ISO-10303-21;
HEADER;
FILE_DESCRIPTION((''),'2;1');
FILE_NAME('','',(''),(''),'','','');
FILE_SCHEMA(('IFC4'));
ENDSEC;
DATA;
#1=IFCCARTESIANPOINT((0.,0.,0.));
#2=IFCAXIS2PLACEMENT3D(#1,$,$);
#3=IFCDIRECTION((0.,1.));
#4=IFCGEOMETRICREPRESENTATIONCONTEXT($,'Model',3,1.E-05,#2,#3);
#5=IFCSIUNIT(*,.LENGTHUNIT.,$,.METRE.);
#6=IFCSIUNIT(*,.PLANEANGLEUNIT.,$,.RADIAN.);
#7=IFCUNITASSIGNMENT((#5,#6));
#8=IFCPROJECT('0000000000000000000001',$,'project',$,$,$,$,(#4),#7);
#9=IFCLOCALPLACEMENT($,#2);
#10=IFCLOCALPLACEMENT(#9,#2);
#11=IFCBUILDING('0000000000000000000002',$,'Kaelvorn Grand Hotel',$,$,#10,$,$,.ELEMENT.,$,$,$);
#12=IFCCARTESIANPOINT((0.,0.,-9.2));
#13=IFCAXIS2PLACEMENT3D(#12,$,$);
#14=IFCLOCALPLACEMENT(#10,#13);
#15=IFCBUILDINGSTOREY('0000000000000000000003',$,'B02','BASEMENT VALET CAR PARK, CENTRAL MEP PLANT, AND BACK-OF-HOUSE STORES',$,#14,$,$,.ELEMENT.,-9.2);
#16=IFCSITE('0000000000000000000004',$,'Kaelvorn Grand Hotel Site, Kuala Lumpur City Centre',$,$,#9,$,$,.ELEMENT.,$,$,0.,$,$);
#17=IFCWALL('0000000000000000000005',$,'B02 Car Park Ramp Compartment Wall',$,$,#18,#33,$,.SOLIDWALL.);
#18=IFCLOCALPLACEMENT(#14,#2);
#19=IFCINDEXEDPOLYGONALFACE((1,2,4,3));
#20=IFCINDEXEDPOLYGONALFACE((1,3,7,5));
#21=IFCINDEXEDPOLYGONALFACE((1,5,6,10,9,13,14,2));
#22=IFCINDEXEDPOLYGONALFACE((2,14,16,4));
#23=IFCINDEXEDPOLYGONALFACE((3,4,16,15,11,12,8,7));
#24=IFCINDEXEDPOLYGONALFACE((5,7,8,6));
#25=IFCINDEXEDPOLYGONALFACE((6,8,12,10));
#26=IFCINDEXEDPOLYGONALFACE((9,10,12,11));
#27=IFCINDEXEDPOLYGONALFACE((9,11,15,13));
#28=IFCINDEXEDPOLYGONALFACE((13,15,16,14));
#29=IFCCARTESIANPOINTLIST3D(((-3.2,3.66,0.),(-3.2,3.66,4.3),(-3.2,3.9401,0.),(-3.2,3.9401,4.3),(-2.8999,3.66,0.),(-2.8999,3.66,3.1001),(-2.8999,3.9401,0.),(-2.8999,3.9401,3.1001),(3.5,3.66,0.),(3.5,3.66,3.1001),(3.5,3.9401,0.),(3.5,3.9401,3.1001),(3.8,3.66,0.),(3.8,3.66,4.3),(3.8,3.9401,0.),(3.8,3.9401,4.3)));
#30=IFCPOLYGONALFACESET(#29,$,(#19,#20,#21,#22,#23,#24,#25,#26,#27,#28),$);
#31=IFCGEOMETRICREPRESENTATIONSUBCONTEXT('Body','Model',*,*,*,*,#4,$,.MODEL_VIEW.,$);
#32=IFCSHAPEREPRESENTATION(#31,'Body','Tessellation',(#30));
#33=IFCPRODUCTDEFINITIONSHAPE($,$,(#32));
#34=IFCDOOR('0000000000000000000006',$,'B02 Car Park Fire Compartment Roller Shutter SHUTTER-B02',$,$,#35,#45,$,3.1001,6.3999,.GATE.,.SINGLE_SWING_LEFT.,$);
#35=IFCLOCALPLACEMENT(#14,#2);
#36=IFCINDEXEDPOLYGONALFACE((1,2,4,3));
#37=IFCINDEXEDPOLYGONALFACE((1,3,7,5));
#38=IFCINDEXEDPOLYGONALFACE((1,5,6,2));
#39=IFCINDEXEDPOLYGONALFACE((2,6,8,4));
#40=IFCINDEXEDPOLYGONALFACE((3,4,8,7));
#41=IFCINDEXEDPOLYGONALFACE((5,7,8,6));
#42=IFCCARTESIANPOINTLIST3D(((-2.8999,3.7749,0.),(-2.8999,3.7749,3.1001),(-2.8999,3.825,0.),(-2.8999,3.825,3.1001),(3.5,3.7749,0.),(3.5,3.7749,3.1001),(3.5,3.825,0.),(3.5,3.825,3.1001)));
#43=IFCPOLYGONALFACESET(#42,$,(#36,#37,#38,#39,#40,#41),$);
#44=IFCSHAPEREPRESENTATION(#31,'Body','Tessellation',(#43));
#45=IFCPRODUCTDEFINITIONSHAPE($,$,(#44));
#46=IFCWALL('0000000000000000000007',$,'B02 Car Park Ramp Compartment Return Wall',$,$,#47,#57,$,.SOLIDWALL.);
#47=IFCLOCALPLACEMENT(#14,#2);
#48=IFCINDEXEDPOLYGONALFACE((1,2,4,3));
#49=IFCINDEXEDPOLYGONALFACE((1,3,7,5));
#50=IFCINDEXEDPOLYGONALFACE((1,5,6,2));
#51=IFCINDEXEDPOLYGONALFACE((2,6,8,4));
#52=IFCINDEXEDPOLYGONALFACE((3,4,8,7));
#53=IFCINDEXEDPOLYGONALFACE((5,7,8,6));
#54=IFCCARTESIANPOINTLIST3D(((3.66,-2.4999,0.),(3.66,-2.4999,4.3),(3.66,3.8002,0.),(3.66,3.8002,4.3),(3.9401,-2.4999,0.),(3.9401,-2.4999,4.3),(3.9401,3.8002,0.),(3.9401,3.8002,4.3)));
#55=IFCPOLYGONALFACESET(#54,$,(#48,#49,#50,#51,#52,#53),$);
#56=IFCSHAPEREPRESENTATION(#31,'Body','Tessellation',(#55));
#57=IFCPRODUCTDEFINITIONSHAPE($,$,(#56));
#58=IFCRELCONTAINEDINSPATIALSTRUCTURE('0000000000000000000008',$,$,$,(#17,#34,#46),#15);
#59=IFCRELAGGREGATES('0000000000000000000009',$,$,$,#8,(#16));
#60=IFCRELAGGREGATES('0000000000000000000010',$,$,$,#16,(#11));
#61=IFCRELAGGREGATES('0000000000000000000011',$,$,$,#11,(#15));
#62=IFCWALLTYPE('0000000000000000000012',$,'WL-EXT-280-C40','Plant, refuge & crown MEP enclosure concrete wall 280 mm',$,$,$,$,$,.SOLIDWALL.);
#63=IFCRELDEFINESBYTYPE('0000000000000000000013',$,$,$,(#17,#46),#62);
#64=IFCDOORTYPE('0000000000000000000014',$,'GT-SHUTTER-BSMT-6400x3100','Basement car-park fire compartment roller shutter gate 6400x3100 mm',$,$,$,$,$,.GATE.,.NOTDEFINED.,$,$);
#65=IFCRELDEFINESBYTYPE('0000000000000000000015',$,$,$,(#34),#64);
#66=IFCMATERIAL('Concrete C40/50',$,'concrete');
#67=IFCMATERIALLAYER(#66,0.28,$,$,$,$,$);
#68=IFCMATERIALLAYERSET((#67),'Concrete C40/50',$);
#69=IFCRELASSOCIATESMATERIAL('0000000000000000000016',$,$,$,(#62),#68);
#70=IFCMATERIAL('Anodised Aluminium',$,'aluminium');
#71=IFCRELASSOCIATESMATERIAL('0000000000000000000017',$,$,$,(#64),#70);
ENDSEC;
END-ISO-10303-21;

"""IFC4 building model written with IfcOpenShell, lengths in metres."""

from ifc_helpers import new_model, si_unit, direction, frame, frame_2d, origin, place, context, subcontext, project, spatial, rectangle, extrude, material, layer, layer_set, type_object, element, fill, save


model = new_model("IFC4")

# Units and contexts
model_context = context("Model", 3, precision=1e-05, world=origin(), true_north=direction((0.0, 1.0)))
body_context = subcontext(model_context, "Body", "Model", "MODEL_VIEW")
ifc_project = project(units=[si_unit("LENGTHUNIT", "METRE"), si_unit("PLANEANGLEUNIT", "RADIAN")], contexts=[model_context])

# Site, building, storey
site_placement = place(None, origin())
site = spatial("IfcSite", under=ifc_project, at=site_placement, Name="Kaelvorn Grand Hotel Site, Kuala Lumpur City Centre", CompositionType="ELEMENT", RefElevation=0.0)
building_placement = place(site_placement, origin())
building = spatial("IfcBuilding", under=site, at=building_placement, Name="Kaelvorn Grand Hotel", CompositionType="ELEMENT")
storey_placement = place(building_placement, frame((0.0, 0.0, -9.2)))
storey = spatial("IfcBuildingStorey", under=building, at=storey_placement, Name="B02", Description="BASEMENT VALET CAR PARK, CENTRAL MEP PLANT, AND BACK-OF-HOUSE STORES", CompositionType="ELEMENT", Elevation=-9.2)

# Shared definitions
ifc_material_1 = material(Name="Concrete C40/50", Category="concrete")

# Wall, opening, door
ifc_layer_1 = layer(ifc_material_1, 0.28)
ifc_layer_set_1 = layer_set([ifc_layer_1], Name="Concrete C40/50")
wall_type = type_object("IfcWallType", Name="WL-EXT-280-C40", Description="Plant, refuge & crown MEP enclosure concrete wall 280 mm", PredefinedType="SOLIDWALL", material=ifc_layer_set_1)
wall_1_placement = place(storey_placement, frame((-3.2, 3.8, 0.0), z_axis=(0.0, 0.0, 1.0), x_axis=(1.0, 0.0, 0.0)))
wall_1 = element("IfcWall", 1, at=wall_1_placement, inside=storey, type_object=wall_type, Name="B02 Car Park Ramp Compartment Wall", PredefinedType="SOLIDWALL", context=body_context, shape_type="SweptSolid", body=[
    extrude(rectangle(XDim=7.0, YDim=0.28, at=frame_2d((3.5, 0.0))), origin(), (0.0, 0.0, 1.0), 4.3),
])
opening_placement = place(wall_1_placement, frame((0.3, 0.0, 0.0)))
opening = element("IfcOpeningElement", 2, at=opening_placement, cuts=wall_1, PredefinedType="OPENING", context=body_context, shape_type="SweptSolid", body=[
    extrude(rectangle(XDim=6.3999, YDim=3.1001, at=frame_2d((3.2, 1.55))), frame((0.0, 0.1499, 0.0), z_axis=(0.0, -1.0, 0.0), x_axis=(1.0, 0.0, 0.0)), (0.0, 0.0, 1.0), 0.3),
])
ifc_material_2 = material(Name="Anodised Aluminium", Category="aluminium")
door_type = type_object("IfcDoorType", Name="GT-SHUTTER-BSMT-6400x3100", Description="Basement car-park fire compartment roller shutter gate 6400x3100 mm", OperationType="NOTDEFINED", PredefinedType="GATE", material=ifc_material_2)
door_placement = place(opening_placement, origin())
door = element("IfcDoor", 3, at=door_placement, inside=storey, type_object=door_type, Name="B02 Car Park Fire Compartment Roller Shutter SHUTTER-B02", OperationType="SINGLE_SWING_LEFT", OverallHeight=3.1001, OverallWidth=6.3999, PredefinedType="GATE", context=body_context, shape_type="SweptSolid", body=[
    extrude(rectangle(XDim=6.3999, YDim=3.1001, at=frame_2d((3.2, 1.55))), frame((0.0, 0.0249, 0.0), z_axis=(0.0, -1.0, 0.0), x_axis=(1.0, 0.0, 0.0)), (0.0, 0.0, 1.0), 0.05),
])
fill(opening, door)

# Wall
wall_2_placement = place(storey_placement, frame((3.8, 3.8, 0.0), z_axis=(0.0, 0.0, 1.0), x_axis=(0.0, -1.0, 0.0)))
element("IfcWall", 4, at=wall_2_placement, inside=storey, type_object=wall_type, Name="B02 Car Park Ramp Compartment Return Wall", PredefinedType="SOLIDWALL", context=body_context, shape_type="SweptSolid", body=[
    extrude(rectangle(XDim=6.3, YDim=0.28, at=frame_2d((3.1499, 0.0))), origin(), (0.0, 0.0, 1.0), 4.3),
])

save(model, "model.ifc")
